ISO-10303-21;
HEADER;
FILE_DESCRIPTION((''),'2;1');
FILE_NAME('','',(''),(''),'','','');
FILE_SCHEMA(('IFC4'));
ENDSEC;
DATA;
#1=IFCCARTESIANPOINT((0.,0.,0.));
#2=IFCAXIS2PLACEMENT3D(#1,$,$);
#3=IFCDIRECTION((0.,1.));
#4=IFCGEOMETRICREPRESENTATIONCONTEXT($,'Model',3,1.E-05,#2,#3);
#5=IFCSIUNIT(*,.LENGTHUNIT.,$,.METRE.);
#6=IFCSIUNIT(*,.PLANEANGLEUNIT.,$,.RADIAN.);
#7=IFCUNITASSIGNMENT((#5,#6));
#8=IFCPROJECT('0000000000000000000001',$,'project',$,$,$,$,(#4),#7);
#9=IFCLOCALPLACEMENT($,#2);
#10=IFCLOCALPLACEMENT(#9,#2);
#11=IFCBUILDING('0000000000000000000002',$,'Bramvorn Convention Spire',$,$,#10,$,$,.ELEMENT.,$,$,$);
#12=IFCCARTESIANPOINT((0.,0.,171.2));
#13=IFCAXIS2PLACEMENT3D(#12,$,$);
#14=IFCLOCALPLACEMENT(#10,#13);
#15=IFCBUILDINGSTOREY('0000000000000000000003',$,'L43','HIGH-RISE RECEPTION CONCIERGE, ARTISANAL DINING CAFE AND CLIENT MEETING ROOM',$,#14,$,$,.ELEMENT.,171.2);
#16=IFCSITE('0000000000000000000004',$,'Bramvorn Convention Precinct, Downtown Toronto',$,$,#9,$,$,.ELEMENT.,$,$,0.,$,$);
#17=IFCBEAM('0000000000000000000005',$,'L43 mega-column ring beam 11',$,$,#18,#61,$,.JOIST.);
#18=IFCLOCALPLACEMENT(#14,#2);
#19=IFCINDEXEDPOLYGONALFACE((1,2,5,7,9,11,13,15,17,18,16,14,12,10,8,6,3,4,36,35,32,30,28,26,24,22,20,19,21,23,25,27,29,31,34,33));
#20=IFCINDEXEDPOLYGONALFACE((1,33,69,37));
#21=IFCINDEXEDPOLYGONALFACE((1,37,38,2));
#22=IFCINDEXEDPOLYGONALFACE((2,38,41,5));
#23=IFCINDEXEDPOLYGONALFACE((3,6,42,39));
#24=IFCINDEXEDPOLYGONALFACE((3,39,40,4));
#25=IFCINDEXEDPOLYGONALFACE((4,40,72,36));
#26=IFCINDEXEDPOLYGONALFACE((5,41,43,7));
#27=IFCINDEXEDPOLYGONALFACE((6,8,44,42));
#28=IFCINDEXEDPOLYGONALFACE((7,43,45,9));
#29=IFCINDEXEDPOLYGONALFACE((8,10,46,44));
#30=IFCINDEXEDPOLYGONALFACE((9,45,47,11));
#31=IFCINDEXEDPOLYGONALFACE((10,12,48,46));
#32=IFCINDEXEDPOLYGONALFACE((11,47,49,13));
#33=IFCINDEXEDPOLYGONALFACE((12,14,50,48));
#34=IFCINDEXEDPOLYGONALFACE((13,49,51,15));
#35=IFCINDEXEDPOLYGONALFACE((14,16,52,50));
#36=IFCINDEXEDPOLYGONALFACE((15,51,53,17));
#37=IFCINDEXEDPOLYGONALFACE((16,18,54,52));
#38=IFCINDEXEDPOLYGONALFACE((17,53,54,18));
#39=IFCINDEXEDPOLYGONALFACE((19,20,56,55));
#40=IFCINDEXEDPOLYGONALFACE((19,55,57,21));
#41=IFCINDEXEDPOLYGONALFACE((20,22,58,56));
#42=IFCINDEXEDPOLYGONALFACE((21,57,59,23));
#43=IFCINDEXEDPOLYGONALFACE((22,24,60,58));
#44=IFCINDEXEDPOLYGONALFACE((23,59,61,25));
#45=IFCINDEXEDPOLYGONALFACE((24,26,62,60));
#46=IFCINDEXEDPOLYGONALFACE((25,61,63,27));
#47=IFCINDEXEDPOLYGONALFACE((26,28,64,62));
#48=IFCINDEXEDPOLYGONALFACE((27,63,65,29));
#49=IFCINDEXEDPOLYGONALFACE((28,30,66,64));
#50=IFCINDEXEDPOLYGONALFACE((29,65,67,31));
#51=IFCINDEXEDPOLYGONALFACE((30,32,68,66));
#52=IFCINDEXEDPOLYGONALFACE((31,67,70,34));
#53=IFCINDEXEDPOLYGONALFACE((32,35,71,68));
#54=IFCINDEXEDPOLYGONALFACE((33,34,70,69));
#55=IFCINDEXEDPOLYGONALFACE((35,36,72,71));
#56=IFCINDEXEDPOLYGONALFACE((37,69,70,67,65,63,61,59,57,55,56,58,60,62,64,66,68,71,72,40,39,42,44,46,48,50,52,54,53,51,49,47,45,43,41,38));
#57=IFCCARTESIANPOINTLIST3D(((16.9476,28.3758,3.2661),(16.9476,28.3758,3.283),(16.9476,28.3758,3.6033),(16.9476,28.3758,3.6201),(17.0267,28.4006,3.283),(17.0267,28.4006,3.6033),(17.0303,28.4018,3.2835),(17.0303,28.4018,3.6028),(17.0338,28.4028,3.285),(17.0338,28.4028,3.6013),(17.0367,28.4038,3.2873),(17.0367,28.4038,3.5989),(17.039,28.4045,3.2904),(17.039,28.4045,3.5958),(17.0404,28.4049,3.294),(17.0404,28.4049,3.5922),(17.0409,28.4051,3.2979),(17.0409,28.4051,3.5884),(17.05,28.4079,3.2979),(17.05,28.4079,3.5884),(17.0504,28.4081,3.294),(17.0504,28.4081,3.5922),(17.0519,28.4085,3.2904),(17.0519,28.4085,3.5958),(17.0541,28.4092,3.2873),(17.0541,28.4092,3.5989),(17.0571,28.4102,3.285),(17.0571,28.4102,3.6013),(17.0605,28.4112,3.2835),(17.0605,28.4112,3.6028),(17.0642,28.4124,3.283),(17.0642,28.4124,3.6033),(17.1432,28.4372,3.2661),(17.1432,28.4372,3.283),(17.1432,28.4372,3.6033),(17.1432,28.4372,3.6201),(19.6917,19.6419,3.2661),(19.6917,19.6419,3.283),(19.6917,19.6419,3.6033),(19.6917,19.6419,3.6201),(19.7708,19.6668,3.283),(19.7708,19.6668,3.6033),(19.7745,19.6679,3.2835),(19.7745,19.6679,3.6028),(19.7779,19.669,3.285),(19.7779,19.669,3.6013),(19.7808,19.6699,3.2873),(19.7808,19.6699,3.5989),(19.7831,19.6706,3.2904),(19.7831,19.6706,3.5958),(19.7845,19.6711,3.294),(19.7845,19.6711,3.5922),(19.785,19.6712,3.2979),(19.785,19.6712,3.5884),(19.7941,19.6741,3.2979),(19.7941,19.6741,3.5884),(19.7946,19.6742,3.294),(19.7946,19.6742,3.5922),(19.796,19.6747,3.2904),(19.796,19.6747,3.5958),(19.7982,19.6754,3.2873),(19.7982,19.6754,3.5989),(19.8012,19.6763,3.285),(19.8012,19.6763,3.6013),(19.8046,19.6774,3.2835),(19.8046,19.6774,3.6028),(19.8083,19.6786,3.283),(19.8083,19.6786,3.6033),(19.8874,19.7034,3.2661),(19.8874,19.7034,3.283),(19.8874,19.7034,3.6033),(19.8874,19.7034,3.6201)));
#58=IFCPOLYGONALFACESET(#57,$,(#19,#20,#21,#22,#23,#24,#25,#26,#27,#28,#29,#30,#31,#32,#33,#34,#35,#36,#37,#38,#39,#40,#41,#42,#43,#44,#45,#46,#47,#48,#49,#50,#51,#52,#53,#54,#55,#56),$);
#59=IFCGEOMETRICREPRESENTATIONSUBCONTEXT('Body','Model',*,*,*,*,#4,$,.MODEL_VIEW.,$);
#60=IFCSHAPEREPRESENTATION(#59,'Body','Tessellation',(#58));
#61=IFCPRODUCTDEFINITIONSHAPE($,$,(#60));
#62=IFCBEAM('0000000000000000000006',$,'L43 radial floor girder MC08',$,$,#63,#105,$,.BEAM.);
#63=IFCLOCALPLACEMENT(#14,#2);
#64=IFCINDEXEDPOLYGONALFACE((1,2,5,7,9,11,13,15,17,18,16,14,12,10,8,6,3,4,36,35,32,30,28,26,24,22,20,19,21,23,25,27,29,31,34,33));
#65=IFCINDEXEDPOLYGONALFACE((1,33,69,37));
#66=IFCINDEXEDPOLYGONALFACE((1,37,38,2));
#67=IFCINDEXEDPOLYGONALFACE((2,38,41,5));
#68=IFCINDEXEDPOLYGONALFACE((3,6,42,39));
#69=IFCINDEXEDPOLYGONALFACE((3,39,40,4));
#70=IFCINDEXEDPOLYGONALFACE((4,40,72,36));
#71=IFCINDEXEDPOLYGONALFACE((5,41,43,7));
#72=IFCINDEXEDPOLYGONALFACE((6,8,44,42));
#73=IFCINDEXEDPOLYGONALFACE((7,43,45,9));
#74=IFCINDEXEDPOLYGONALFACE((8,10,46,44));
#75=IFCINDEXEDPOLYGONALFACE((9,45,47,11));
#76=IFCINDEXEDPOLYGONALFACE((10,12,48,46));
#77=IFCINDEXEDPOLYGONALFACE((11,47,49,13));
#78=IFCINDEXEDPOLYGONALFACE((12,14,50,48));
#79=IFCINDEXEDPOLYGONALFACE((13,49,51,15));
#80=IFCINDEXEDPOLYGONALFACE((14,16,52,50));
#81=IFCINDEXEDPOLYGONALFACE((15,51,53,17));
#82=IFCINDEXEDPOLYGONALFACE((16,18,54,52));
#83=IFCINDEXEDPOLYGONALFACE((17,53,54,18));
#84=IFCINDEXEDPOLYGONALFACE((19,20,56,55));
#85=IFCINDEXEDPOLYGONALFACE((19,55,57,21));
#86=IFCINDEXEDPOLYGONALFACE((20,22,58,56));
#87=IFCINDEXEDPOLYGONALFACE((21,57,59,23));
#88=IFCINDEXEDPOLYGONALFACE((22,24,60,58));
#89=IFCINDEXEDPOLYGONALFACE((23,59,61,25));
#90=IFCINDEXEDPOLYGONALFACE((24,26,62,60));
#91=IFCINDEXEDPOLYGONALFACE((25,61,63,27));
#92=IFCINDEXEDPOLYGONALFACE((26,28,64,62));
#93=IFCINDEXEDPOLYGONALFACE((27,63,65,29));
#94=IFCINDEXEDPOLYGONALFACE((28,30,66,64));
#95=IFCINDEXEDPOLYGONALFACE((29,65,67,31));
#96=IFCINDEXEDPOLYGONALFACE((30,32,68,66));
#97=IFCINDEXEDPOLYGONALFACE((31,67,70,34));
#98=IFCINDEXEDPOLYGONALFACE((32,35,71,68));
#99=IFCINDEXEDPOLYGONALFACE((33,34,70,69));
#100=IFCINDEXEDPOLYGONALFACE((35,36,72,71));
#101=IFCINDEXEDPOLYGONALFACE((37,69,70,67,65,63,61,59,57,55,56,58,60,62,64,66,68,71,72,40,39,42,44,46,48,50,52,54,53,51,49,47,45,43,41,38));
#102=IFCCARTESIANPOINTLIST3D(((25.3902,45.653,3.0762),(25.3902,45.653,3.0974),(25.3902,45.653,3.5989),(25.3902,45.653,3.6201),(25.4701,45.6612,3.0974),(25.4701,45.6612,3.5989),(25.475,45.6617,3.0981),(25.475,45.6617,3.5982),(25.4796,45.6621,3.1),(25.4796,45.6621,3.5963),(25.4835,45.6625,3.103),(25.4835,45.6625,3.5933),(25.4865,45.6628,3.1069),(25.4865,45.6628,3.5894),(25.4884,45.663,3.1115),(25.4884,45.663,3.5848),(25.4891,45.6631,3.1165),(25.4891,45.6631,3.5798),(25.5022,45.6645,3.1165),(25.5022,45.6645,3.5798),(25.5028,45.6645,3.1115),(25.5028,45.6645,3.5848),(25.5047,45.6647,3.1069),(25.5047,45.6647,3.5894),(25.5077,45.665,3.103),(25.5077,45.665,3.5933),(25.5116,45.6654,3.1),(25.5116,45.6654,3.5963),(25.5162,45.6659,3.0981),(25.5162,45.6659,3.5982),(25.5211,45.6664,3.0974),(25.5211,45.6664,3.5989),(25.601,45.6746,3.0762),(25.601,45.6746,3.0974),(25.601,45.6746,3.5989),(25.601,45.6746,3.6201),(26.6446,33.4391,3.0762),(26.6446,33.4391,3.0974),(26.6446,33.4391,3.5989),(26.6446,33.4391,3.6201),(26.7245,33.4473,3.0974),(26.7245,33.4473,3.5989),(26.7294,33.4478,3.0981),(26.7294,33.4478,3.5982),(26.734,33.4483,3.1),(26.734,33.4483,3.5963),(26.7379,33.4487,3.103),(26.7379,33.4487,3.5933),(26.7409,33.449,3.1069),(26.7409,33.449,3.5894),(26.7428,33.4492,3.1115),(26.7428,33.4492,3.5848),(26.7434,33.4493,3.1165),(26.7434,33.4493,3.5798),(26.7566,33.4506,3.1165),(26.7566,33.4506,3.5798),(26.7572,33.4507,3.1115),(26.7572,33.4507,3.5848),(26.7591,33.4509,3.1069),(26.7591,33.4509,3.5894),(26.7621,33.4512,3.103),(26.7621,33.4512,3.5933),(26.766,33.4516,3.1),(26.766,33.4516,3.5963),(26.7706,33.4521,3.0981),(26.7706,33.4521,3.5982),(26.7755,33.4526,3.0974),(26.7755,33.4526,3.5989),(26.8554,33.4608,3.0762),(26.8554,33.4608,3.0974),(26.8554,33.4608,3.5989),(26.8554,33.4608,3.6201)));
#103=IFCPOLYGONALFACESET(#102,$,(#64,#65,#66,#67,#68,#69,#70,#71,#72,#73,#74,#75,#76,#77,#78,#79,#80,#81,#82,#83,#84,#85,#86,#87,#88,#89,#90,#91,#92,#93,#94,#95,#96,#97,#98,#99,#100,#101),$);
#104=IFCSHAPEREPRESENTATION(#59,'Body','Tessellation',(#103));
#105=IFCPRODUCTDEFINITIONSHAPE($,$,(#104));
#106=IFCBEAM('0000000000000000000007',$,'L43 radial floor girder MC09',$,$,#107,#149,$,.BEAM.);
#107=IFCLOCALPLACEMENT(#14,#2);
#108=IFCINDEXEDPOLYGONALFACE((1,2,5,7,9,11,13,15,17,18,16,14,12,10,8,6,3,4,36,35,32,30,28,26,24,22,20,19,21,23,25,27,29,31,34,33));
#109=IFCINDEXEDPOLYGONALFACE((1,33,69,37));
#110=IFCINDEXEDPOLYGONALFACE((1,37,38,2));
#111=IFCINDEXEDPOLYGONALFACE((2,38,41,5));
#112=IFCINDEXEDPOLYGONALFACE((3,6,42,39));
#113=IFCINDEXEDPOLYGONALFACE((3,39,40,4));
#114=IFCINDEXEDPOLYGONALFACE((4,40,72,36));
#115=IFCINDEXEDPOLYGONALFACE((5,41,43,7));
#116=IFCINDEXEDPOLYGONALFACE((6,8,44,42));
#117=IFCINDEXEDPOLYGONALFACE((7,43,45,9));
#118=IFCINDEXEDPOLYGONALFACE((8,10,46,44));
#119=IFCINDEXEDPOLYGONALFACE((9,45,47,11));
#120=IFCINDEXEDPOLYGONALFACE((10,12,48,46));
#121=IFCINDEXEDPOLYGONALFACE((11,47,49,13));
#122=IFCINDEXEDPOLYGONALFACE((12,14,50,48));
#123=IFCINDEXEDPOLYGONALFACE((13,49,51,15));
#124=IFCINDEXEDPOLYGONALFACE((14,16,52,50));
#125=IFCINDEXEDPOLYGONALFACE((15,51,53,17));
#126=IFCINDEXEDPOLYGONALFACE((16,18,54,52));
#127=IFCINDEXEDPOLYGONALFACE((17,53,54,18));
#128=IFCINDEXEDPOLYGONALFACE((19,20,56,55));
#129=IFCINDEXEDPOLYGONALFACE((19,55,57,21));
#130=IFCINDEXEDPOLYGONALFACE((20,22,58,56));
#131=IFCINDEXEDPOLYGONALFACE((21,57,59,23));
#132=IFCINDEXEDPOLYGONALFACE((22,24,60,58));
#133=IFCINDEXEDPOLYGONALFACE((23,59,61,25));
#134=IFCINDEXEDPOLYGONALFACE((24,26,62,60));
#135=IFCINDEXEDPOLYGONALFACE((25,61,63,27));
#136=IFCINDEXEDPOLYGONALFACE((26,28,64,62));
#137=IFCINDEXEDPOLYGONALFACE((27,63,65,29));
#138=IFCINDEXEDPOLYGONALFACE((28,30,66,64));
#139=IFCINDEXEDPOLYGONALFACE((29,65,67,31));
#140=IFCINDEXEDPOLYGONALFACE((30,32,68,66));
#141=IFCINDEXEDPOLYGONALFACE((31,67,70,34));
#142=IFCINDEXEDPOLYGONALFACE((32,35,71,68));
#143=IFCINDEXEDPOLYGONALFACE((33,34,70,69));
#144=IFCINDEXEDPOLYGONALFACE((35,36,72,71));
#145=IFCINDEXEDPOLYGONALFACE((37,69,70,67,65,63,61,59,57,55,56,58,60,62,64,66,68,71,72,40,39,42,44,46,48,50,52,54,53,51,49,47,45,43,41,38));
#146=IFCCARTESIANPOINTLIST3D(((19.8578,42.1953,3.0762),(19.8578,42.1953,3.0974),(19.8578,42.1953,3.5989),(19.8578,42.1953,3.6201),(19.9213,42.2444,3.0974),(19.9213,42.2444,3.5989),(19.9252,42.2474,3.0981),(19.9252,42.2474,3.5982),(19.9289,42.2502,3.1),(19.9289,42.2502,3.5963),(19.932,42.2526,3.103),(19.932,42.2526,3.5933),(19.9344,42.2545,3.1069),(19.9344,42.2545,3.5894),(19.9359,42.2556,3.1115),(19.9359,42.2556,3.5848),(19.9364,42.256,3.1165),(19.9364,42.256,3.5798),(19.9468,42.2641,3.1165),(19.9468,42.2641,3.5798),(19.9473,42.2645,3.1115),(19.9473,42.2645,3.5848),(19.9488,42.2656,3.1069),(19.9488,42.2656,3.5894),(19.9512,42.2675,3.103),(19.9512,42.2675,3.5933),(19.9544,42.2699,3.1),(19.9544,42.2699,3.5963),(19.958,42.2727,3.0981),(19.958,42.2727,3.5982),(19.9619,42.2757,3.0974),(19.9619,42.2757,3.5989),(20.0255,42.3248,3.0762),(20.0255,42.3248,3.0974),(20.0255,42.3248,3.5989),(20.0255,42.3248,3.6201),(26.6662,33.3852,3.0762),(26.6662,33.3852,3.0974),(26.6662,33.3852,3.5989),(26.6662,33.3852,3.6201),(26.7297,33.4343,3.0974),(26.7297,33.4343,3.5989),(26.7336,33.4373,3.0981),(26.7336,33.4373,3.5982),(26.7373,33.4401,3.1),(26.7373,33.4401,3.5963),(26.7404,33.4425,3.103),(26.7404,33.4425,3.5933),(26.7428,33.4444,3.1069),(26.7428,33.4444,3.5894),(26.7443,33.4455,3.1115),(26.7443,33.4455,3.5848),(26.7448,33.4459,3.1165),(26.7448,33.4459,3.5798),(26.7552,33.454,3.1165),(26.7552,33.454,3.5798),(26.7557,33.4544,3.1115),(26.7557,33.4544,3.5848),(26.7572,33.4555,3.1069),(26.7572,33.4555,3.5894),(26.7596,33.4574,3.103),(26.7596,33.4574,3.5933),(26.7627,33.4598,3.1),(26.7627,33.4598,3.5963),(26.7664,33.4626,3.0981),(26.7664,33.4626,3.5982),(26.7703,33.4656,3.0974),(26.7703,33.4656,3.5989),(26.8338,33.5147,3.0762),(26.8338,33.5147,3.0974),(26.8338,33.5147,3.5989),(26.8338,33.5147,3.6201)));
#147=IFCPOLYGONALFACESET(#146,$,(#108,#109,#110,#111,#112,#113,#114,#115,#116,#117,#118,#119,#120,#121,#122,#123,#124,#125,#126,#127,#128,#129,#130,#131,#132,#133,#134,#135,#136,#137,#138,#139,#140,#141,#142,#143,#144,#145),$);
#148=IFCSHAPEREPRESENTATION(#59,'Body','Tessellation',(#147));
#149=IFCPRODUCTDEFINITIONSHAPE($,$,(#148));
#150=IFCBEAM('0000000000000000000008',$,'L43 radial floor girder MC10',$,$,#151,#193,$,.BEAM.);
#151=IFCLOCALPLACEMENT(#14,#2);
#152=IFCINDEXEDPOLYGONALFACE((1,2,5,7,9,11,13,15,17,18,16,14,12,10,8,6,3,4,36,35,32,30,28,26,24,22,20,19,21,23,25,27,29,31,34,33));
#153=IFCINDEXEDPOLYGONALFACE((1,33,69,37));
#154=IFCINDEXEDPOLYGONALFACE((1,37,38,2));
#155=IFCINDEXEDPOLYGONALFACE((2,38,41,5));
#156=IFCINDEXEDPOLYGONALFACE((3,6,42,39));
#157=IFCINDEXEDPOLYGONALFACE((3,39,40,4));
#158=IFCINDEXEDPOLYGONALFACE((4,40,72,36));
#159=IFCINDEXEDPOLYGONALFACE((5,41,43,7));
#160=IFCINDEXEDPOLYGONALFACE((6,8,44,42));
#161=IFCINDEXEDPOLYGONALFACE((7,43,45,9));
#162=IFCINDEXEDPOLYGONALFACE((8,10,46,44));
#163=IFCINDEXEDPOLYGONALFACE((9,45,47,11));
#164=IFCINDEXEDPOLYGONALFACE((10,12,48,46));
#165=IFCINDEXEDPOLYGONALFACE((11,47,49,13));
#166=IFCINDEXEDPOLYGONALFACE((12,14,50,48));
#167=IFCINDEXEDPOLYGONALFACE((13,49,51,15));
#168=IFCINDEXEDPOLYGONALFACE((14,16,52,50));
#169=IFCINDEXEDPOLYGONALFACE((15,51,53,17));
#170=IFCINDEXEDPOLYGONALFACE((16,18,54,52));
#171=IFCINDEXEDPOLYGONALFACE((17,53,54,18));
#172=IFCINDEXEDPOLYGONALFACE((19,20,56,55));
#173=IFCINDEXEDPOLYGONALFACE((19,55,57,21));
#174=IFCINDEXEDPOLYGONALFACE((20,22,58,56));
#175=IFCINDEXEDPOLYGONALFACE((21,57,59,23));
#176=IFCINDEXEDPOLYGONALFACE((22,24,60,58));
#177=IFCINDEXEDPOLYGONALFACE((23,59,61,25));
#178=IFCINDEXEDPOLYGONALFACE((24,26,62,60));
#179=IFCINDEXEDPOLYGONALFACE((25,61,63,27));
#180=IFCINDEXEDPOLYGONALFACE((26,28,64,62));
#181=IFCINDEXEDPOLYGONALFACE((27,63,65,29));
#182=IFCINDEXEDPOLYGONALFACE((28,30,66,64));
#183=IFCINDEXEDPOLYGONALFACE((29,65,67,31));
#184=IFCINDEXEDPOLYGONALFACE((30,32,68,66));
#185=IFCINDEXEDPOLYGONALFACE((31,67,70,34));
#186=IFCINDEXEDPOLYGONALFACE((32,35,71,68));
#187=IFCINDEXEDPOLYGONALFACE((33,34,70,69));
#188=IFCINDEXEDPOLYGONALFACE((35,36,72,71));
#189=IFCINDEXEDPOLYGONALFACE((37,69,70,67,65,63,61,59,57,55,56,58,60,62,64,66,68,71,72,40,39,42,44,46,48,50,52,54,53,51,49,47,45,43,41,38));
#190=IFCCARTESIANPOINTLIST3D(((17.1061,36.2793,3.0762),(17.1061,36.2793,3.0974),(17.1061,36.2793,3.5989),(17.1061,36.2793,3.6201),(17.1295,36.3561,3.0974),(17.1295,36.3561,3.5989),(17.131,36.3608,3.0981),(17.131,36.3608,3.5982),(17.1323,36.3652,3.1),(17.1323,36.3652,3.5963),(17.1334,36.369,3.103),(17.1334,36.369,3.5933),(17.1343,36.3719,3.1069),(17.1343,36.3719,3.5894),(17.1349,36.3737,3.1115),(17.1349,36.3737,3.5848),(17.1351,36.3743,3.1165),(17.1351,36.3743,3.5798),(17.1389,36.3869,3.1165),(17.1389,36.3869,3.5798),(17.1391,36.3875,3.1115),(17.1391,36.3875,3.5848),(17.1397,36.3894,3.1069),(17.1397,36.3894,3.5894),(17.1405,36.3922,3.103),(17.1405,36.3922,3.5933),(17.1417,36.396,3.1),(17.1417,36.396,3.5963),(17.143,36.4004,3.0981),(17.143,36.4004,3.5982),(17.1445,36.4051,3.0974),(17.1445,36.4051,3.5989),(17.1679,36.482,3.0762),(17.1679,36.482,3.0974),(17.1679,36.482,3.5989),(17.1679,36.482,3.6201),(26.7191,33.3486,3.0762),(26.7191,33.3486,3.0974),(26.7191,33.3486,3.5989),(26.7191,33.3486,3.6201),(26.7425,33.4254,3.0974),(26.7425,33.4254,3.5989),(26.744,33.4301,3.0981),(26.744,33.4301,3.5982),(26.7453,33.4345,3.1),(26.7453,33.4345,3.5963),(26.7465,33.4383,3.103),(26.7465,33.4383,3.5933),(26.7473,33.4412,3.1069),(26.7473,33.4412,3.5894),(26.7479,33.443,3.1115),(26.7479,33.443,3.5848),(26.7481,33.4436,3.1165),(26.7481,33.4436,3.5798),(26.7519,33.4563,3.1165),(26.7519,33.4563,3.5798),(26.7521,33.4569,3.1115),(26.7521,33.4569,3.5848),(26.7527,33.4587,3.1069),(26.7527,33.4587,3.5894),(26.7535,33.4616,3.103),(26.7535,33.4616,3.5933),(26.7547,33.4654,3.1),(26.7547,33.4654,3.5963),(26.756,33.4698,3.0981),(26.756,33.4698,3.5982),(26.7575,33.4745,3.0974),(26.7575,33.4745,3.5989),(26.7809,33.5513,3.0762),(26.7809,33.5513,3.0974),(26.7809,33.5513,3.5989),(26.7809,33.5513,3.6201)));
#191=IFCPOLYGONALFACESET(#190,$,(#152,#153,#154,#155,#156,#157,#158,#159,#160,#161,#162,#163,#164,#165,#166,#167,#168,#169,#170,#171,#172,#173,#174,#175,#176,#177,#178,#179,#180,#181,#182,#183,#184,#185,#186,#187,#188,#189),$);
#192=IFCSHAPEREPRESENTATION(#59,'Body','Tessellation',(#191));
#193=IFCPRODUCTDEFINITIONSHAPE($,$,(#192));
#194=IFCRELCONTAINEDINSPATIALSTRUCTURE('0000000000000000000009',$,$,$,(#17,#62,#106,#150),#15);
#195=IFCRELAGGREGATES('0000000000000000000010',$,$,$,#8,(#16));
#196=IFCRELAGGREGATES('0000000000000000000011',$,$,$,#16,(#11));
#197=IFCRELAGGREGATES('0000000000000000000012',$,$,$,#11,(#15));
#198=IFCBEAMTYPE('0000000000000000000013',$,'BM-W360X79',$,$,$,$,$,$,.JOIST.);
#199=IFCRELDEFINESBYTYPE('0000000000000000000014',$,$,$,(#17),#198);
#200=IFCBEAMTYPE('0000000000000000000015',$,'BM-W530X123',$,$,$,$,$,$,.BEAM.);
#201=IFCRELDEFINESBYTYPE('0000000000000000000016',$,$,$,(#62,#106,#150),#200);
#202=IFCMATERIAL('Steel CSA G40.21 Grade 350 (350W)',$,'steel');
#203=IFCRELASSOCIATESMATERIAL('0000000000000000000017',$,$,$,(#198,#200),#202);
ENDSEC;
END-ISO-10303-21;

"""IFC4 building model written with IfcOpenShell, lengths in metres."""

from ifc_helpers import new_model, si_unit, direction, frame, origin, origin_2d, place, context, subcontext, project, spatial, i_section, extrude, material, material_profile, profile_set, type_object, element, save


model = new_model("IFC4")

# Units and contexts
model_context = context("Model", 3, precision=1e-05, world=origin(), true_north=direction((0.0, 1.0)))
body_context = subcontext(model_context, "Body", "Model", "MODEL_VIEW")
ifc_project = project(units=[si_unit("LENGTHUNIT", "METRE"), si_unit("PLANEANGLEUNIT", "RADIAN")], contexts=[model_context])

# Site, building, storey
site_placement = place(None, origin())
site = spatial("IfcSite", under=ifc_project, at=site_placement, Name="Bramvorn Convention Precinct, Downtown Toronto", CompositionType="ELEMENT", RefElevation=0.0)
building_placement = place(site_placement, origin())
building = spatial("IfcBuilding", under=site, at=building_placement, Name="Bramvorn Convention Spire", CompositionType="ELEMENT")
storey_placement = place(building_placement, frame((0.0, 0.0, 171.2)))
storey = spatial("IfcBuildingStorey", under=building, at=storey_placement, Name="L43", Description="HIGH-RISE RECEPTION CONCIERGE, ARTISANAL DINING CAFE AND CLIENT MEETING ROOM", CompositionType="ELEMENT", Elevation=171.2)

# Shared definitions
ifc_material_1 = material(Name="Steel CSA G40.21 Grade 350 (350W)", Category="steel")

# Beams
ifc_material_profile_1 = material_profile(ifc_material_1, i_section(OverallWidth=0.2051, OverallDepth=0.354, WebThickness=0.0095, FlangeThickness=0.0168, FilletRadius=0.0149, at=origin_2d()))
ifc_profile_set_1 = profile_set([ifc_material_profile_1], Name="Steel CSA G40.21 Grade 350 (350W) - W360X79")
beam_type_1 = type_object("IfcBeamType", Name="BM-W360X79", PredefinedType="JOIST", material=ifc_profile_set_1)
beam_1_placement = place(storey_placement, frame((17.0454, 28.4065, 3.4431), z_axis=(0.299748, -0.954019, 0.0), x_axis=(0.954019, 0.299748, 0.0)))
element("IfcBeam", 1, at=beam_1_placement, inside=storey, type_object=beam_type_1, Name="L43 mega-column ring beam 11", PredefinedType="JOIST", context=body_context, shape_type="SweptSolid", body=[
    extrude(i_section(OverallWidth=0.2051, OverallDepth=0.354, WebThickness=0.0095, FlangeThickness=0.0168, FilletRadius=0.0149, at=origin_2d()), origin(), (0.0, 0.0, 1.0), 9.1548),
])
ifc_material_profile_2 = material_profile(ifc_material_1, i_section(OverallWidth=0.2119, OverallDepth=0.5439, WebThickness=0.0132, FlangeThickness=0.0212, FilletRadius=0.019, at=origin_2d()))
ifc_profile_set_2 = profile_set([ifc_material_profile_2], Name="Steel CSA G40.21 Grade 350 (350W) - W530X123")
beam_type_2 = type_object("IfcBeamType", Name="BM-W530X123", PredefinedType="BEAM", material=ifc_profile_set_2)
beam_2_placement = place(storey_placement, frame((26.75, 33.45, 3.3481), z_axis=(-0.102165, 0.994767, 0.0), x_axis=(-0.994767, -0.102165, 0.0)))
element("IfcBeam", 2, at=beam_2_placement, inside=storey, type_object=beam_type_2, Name="L43 radial floor girder MC08", PredefinedType="BEAM", context=body_context, shape_type="SweptSolid", body=[
    extrude(i_section(OverallWidth=0.2119, OverallDepth=0.5439, WebThickness=0.0132, FlangeThickness=0.0212, FilletRadius=0.019, at=origin_2d()), origin(), (0.0, 0.0, 1.0), 12.2781),
])
beam_3_placement = place(storey_placement, frame((26.75, 33.45, 3.3481), z_axis=(-0.61148, 0.79126, 0.0), x_axis=(-0.79126, -0.61148, 0.0)))
element("IfcBeam", 3, at=beam_3_placement, inside=storey, type_object=beam_type_2, Name="L43 radial floor girder MC09", PredefinedType="BEAM", context=body_context, shape_type="SweptSolid", body=[
    extrude(i_section(OverallWidth=0.2119, OverallDepth=0.5439, WebThickness=0.0132, FlangeThickness=0.0212, FilletRadius=0.019, at=origin_2d()), origin(), (0.0, 0.0, 1.0), 11.1343),
])
beam_4_placement = place(storey_placement, frame((26.75, 33.45, 3.3481), z_axis=(-0.956536, 0.291613, 0.0), x_axis=(-0.291613, -0.956536, 0.0)))
element("IfcBeam", 4, at=beam_4_placement, inside=storey, type_object=beam_type_2, Name="L43 radial floor girder MC10", PredefinedType="BEAM", context=body_context, shape_type="SweptSolid", body=[
    extrude(i_section(OverallWidth=0.2119, OverallDepth=0.5439, WebThickness=0.0132, FlangeThickness=0.0212, FilletRadius=0.019, at=origin_2d()), origin(), (0.0, 0.0, 1.0), 10.0498),
])

save(model, "model.ifc")
